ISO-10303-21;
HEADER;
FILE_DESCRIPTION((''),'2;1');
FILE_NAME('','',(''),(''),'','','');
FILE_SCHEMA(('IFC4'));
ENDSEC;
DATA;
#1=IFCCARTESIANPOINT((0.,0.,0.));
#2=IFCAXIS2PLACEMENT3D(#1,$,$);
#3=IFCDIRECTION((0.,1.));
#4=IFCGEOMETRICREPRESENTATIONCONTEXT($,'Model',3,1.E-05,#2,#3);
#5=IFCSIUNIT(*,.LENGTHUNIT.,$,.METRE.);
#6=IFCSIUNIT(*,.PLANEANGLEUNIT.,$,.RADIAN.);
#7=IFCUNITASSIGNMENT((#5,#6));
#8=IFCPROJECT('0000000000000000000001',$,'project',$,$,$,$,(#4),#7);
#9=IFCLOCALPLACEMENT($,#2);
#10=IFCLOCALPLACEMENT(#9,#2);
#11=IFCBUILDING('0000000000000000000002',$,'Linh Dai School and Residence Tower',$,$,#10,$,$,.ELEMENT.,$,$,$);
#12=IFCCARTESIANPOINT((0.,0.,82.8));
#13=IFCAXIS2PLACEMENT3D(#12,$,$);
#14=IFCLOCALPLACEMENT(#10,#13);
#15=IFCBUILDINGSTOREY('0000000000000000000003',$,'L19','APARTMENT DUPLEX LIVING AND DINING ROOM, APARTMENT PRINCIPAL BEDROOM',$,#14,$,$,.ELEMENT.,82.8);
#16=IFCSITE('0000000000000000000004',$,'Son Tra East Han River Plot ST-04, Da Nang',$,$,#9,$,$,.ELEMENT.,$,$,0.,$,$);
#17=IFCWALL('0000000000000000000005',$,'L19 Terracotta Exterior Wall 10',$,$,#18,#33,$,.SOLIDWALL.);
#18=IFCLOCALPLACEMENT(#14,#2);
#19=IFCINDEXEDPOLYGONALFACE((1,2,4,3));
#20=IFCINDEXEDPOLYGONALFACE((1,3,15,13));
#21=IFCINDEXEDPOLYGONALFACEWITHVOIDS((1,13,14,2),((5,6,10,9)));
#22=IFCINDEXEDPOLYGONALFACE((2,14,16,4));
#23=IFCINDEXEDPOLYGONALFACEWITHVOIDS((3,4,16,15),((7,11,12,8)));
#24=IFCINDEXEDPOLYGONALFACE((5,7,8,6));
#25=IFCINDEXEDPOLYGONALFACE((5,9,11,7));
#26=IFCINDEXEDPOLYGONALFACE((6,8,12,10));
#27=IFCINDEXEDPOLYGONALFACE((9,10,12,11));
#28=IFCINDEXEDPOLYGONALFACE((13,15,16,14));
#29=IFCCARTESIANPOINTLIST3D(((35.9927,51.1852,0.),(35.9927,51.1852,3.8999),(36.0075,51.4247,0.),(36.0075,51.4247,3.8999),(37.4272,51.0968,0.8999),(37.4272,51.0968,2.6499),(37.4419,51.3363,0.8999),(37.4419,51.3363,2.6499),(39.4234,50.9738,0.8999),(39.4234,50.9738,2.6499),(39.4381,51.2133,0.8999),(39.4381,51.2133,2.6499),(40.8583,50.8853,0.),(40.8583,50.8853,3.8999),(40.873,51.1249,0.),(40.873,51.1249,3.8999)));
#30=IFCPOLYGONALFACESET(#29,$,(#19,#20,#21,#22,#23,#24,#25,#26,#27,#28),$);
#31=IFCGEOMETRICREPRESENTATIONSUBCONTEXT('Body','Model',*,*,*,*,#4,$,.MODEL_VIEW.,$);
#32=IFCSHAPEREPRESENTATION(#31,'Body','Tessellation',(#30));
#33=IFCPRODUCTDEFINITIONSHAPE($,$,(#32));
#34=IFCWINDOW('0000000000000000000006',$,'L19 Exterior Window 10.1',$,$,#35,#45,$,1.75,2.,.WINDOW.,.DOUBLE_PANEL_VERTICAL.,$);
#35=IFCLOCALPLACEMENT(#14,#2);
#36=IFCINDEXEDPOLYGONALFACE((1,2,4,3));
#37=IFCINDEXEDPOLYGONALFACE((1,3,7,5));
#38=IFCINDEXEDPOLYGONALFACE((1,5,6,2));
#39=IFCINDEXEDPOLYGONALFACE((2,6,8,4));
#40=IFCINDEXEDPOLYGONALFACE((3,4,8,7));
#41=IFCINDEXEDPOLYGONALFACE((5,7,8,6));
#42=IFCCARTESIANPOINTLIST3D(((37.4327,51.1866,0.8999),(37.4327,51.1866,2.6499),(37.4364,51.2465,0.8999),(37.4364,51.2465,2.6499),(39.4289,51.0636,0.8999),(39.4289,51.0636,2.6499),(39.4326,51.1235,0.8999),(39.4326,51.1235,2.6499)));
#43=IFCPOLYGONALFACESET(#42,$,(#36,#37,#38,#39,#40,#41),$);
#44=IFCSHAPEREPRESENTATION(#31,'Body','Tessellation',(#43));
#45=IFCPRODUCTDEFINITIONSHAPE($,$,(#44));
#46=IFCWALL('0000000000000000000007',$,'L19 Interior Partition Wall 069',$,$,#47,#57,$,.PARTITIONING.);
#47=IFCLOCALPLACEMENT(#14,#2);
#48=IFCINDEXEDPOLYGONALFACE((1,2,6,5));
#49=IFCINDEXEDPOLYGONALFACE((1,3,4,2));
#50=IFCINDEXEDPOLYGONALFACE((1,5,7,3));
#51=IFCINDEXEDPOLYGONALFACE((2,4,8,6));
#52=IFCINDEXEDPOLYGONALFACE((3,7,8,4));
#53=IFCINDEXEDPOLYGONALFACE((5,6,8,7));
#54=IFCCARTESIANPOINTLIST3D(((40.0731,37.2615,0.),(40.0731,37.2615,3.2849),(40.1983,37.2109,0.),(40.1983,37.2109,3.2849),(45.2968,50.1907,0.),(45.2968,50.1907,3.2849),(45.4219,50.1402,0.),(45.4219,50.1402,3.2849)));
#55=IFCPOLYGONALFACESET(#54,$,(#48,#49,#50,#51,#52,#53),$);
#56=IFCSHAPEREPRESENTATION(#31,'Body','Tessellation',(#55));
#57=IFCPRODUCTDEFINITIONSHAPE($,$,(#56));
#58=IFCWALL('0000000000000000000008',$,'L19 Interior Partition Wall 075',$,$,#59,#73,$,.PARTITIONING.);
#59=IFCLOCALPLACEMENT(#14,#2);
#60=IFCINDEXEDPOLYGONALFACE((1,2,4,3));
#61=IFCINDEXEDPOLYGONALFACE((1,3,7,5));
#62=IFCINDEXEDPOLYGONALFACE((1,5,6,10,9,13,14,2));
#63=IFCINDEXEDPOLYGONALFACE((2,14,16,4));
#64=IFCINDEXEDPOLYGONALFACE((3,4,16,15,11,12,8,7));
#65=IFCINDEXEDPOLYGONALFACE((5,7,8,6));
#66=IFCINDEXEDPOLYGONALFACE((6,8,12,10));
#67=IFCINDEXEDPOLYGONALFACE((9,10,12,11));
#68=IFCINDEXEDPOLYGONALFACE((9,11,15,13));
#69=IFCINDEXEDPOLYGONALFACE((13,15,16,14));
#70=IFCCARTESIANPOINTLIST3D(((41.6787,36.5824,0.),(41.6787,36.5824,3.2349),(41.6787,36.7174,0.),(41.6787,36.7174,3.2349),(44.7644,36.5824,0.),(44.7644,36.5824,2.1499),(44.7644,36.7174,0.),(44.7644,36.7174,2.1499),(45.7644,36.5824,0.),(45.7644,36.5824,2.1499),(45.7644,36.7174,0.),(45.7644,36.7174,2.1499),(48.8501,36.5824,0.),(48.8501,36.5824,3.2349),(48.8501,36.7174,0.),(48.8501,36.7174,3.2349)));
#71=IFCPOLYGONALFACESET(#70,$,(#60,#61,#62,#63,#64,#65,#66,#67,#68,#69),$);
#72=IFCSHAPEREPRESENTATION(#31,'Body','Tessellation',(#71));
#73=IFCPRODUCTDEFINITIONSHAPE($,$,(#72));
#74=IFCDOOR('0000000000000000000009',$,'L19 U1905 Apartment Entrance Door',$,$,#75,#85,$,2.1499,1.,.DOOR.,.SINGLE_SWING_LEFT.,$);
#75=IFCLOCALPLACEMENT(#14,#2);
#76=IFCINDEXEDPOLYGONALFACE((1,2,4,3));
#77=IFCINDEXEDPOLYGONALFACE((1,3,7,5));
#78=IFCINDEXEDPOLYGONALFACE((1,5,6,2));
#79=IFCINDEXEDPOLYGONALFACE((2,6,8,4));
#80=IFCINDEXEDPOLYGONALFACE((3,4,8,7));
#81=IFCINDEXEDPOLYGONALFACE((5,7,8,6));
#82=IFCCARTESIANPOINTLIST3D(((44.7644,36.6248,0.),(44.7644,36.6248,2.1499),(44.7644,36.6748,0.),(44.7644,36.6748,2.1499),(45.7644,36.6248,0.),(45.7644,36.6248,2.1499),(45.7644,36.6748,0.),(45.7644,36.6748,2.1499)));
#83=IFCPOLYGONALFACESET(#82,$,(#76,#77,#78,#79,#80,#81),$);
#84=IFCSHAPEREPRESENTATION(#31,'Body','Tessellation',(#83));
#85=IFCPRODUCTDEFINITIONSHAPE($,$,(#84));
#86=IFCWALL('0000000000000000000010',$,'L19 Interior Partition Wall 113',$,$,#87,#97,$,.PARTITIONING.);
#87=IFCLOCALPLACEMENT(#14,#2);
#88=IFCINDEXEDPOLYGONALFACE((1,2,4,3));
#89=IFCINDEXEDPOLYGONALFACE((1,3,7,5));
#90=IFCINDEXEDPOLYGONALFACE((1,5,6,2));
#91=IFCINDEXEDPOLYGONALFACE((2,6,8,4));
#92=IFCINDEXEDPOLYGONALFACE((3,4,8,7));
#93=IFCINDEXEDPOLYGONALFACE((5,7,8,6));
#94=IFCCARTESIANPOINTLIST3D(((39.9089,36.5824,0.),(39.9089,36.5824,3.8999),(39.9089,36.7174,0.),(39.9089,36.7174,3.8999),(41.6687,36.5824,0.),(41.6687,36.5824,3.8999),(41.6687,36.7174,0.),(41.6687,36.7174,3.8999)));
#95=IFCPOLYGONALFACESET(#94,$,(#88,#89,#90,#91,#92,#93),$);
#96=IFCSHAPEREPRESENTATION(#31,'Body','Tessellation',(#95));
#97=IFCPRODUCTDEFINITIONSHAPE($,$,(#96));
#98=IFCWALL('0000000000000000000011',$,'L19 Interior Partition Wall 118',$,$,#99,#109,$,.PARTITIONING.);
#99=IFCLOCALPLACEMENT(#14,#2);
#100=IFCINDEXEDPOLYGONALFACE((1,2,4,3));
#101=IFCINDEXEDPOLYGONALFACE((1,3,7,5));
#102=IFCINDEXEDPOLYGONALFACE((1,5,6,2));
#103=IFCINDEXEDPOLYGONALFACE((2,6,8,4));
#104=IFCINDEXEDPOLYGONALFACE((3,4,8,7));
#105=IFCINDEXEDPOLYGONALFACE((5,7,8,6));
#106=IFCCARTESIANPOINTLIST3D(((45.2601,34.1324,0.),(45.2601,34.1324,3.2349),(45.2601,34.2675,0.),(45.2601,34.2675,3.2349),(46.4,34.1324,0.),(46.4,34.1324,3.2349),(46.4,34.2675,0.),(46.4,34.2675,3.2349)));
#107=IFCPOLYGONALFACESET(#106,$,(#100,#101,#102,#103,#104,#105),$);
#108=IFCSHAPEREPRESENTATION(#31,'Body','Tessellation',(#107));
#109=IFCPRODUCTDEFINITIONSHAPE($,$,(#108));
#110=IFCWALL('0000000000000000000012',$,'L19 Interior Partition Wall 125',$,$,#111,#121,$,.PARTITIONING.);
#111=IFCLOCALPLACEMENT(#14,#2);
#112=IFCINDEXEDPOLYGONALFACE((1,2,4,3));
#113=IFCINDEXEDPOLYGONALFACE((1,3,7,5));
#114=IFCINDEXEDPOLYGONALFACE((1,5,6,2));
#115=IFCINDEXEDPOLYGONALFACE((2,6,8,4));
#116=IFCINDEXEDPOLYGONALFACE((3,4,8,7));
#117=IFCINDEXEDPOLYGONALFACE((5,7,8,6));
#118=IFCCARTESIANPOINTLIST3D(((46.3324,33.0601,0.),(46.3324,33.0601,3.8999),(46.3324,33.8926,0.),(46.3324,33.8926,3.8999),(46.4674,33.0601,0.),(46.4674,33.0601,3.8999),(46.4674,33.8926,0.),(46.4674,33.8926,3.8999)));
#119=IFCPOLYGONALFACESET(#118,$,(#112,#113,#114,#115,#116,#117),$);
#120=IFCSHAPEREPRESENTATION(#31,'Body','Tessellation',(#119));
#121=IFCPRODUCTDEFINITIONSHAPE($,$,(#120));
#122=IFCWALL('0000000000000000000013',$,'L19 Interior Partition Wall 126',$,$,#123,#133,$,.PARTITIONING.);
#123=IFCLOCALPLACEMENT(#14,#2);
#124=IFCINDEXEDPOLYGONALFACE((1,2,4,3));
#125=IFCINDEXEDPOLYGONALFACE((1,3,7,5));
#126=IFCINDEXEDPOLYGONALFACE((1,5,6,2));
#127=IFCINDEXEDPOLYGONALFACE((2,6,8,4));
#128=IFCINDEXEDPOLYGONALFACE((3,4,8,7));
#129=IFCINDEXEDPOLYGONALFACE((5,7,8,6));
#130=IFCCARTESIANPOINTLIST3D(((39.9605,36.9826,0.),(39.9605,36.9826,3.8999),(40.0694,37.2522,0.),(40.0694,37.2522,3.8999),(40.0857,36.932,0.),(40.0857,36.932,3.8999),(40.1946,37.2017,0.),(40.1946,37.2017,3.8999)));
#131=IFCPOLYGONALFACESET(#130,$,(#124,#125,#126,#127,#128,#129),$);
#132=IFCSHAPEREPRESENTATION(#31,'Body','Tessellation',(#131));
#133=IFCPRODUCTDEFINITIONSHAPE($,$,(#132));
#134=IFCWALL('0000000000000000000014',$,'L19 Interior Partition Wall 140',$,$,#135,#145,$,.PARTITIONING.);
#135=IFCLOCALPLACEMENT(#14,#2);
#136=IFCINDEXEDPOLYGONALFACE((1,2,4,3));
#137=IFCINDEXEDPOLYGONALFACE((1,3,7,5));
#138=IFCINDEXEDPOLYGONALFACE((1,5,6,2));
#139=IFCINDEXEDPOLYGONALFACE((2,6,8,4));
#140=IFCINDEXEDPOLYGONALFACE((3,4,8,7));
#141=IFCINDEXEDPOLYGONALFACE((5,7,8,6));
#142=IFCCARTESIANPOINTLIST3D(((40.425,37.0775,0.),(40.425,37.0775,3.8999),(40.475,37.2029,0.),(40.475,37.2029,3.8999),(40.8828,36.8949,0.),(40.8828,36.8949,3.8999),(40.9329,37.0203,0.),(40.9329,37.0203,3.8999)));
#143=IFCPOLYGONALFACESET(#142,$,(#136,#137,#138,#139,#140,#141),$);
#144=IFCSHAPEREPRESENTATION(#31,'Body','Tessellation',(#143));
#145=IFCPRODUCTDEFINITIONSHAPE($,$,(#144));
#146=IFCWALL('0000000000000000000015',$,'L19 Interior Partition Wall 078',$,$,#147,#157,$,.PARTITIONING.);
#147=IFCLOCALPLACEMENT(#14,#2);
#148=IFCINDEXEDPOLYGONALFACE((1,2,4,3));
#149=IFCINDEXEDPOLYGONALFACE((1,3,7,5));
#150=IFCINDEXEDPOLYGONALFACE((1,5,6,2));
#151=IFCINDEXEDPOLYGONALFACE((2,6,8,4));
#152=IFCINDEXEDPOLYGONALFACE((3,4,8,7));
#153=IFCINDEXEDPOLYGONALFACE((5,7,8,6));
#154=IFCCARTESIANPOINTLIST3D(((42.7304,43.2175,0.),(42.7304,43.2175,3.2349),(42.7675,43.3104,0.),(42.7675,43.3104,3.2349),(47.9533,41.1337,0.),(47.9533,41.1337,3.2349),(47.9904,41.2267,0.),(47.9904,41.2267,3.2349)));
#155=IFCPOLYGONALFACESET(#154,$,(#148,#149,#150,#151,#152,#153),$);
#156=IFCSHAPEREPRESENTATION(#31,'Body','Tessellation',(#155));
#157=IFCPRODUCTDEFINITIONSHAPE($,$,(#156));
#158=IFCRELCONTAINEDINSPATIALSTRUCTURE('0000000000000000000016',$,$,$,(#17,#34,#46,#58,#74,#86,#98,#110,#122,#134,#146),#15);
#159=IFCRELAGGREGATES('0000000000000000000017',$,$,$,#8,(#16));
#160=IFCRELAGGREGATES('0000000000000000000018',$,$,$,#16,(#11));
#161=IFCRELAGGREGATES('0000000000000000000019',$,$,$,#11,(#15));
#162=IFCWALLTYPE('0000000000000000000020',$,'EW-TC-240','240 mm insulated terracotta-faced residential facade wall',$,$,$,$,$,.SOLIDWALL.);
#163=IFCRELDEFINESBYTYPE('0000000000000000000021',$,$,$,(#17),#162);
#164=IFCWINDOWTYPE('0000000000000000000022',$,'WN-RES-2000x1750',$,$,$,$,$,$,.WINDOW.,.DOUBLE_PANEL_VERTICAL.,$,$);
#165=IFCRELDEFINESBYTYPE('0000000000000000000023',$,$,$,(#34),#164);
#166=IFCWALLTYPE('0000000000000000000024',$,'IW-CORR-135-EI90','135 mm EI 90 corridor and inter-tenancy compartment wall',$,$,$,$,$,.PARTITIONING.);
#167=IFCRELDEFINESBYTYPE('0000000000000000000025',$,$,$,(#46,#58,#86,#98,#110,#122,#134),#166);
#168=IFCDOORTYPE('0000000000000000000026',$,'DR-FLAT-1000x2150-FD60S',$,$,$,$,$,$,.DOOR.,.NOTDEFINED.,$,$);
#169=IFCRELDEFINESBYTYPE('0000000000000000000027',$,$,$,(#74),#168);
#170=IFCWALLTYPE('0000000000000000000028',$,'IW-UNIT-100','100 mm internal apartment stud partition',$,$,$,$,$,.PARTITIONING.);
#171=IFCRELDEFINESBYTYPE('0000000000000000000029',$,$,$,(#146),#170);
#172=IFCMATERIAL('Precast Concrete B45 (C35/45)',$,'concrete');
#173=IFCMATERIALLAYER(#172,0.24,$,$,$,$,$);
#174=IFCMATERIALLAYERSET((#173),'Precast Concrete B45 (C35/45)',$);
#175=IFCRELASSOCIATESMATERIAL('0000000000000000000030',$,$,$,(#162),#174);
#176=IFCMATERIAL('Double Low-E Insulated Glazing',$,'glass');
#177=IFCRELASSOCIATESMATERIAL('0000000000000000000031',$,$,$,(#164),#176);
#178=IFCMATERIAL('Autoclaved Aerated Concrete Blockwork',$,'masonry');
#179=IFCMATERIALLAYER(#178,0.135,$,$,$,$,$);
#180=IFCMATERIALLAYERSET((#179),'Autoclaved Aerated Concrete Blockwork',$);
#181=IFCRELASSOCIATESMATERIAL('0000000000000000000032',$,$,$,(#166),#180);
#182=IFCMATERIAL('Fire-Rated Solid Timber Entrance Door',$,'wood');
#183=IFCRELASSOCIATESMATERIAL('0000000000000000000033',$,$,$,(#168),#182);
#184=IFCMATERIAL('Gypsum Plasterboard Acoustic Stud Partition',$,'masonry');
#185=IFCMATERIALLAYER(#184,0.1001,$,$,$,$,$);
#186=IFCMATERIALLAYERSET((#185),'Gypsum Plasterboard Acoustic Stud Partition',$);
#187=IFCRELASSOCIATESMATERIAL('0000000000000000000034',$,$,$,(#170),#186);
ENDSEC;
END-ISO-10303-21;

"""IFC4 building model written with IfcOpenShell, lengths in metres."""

from ifc_helpers import new_model, si_unit, direction, frame, frame_2d, origin, origin_2d, place, context, subcontext, project, spatial, rectangle, extrude, source, transform, mapped, material, layer, layer_set, type_object, element, fill, save


model = new_model("IFC4")

# Units and contexts
model_context = context("Model", 3, precision=1e-05, world=origin(), true_north=direction((0.0, 1.0)))
body_context = subcontext(model_context, "Body", "Model", "MODEL_VIEW")
ifc_project = project(units=[si_unit("LENGTHUNIT", "METRE"), si_unit("PLANEANGLEUNIT", "RADIAN")], contexts=[model_context])

# Site, building, storey
site_placement = place(None, origin())
site = spatial("IfcSite", under=ifc_project, at=site_placement, Name="Son Tra East Han River Plot ST-04, Da Nang", CompositionType="ELEMENT", RefElevation=0.0)
building_placement = place(site_placement, origin())
building = spatial("IfcBuilding", under=site, at=building_placement, Name="Linh Dai School and Residence Tower", CompositionType="ELEMENT")
storey_placement = place(building_placement, frame((0.0, 0.0, 82.8)))
storey = spatial("IfcBuildingStorey", under=building, at=storey_placement, Name="L19", Description="APARTMENT DUPLEX LIVING AND DINING ROOM, APARTMENT PRINCIPAL BEDROOM", CompositionType="ELEMENT", Elevation=82.8)

# Shared definitions
ifc_material_1 = material(Name="Precast Concrete B45 (C35/45)", Category="concrete")

# Wall, opening, window
ifc_layer_1 = layer(ifc_material_1, 0.24)
ifc_layer_set_1 = layer_set([ifc_layer_1], Name="Precast Concrete B45 (C35/45)")
wall_type_1 = type_object("IfcWallType", Name="EW-TC-240", Description="240 mm insulated terracotta-faced residential facade wall", PredefinedType="SOLIDWALL", material=ifc_layer_set_1)
ifc_material_2 = material(Name="Double Low-E Insulated Glazing", Category="glass")
window_type = type_object("IfcWindowType", Name="WN-RES-2000x1750", PartitioningType="DOUBLE_PANEL_VERTICAL", PredefinedType="WINDOW", material=ifc_material_2)
shared_shape_1 = source(origin(), body_context, "Body", "SweptSolid", [
    extrude(rectangle(XDim=2.0, YDim=1.75, at=origin_2d()), frame((1.0, 0.03, 0.875), z_axis=(0.0, -1.0, 0.0), x_axis=(1.0, 0.0, 0.0)), (0.0, 0.0, 1.0), 0.0601),
])
wall_1_placement = place(storey_placement, frame((36.0, 51.3049, 0.0), z_axis=(0.0, 0.0, 1.0), x_axis=(0.998107, -0.061502, 0.0)))
wall_1 = element("IfcWall", 1, at=wall_1_placement, inside=storey, type_object=wall_type_1, Name="L19 Terracotta Exterior Wall 10", PredefinedType="SOLIDWALL", context=body_context, shape_type="SweptSolid", body=[
    extrude(rectangle(XDim=4.8748, YDim=0.24, at=frame_2d((2.4375, 0.0))), origin(), (0.0, 0.0, 1.0), 3.8999),
])
opening_1_placement = place(wall_1_placement, frame((1.4373, 0.0, 0.8999)))
opening_1 = element("IfcOpeningElement", 2, at=opening_1_placement, cuts=wall_1, PredefinedType="OPENING", context=body_context, shape_type="SweptSolid", body=[
    extrude(rectangle(XDim=2.0, YDim=1.75, at=origin_2d()), frame((1.0, 0.1299, 0.875), z_axis=(0.0, -1.0, 0.0), x_axis=(1.0, 0.0, 0.0)), (0.0, 0.0, 1.0), 0.26),
])
window_1_placement = place(opening_1_placement, origin())
window_1 = element("IfcWindow", 3, at=window_1_placement, inside=storey, type_object=window_type, Name="L19 Exterior Window 10.1", OverallHeight=1.75, OverallWidth=2.0, PartitioningType="DOUBLE_PANEL_VERTICAL", PredefinedType="WINDOW", context=body_context, shape_type="MappedRepresentation", body=[
    mapped(shared_shape_1, transform((0.0, 0.0, 0.0), x_axis=(1.0, 0.0, 0.0), y_axis=(0.0, 1.0, 0.0), z_axis=(0.0, 0.0, 1.0), scale=1.0)),
])
fill(opening_1, window_1)

# Wall
ifc_material_3 = material(Name="Autoclaved Aerated Concrete Blockwork", Category="masonry")
ifc_layer_2 = layer(ifc_material_3, 0.135)
ifc_layer_set_2 = layer_set([ifc_layer_2], Name="Autoclaved Aerated Concrete Blockwork")
wall_type_2 = type_object("IfcWallType", Name="IW-CORR-135-EI90", Description="135 mm EI 90 corridor and inter-tenancy compartment wall", PredefinedType="PARTITIONING", material=ifc_layer_set_2)
wall_2_placement = place(storey_placement, frame((40.1357, 37.2363, 0.0), z_axis=(0.0, 0.0, 1.0), x_axis=(0.3746, 0.927186, 0.0)))
element("IfcWall", 4, at=wall_2_placement, inside=storey, type_object=wall_type_2, Name="L19 Interior Partition Wall 069", PredefinedType="PARTITIONING", context=body_context, shape_type="SweptSolid", body=[
    extrude(rectangle(XDim=13.9446, YDim=0.135, at=frame_2d((6.9722, 0.0))), origin(), (0.0, 0.0, 1.0), 3.2849),
])

# Wall, opening, door
wall_3_placement = place(storey_placement, frame((41.6787, 36.6499, 0.0), z_axis=(0.0, 0.0, 1.0), x_axis=(1.0, 0.0, 0.0)))
wall_3 = element("IfcWall", 5, at=wall_3_placement, inside=storey, type_object=wall_type_2, Name="L19 Interior Partition Wall 075", PredefinedType="PARTITIONING", context=body_context, shape_type="SweptSolid", body=[
    extrude(rectangle(XDim=7.1714, YDim=0.135, at=frame_2d((3.5857, 0.0))), origin(), (0.0, 0.0, 1.0), 3.2349),
])
opening_2_placement = place(wall_3_placement, frame((3.0857, 0.0, 0.0)))
opening_2 = element("IfcOpeningElement", 6, at=opening_2_placement, cuts=wall_3, PredefinedType="OPENING", context=body_context, shape_type="SweptSolid", body=[
    extrude(rectangle(XDim=1.0, YDim=2.1499, at=origin_2d()), frame((0.5, 0.0776, 1.075), z_axis=(0.0, -1.0, 0.0), x_axis=(1.0, 0.0, 0.0)), (0.0, 0.0, 1.0), 0.155),
])
ifc_material_4 = material(Name="Fire-Rated Solid Timber Entrance Door", Category="wood")
door_type_1 = type_object("IfcDoorType", Name="DR-FLAT-1000x2150-FD60S", OperationType="NOTDEFINED", PredefinedType="DOOR", material=ifc_material_4)
shared_shape_2 = source(origin(), body_context, "Body", "SweptSolid", [
    extrude(rectangle(XDim=1.0, YDim=2.1499, at=origin_2d()), frame((0.5, 0.0249, 1.075), z_axis=(0.0, -1.0, 0.0), x_axis=(1.0, 0.0, 0.0)), (0.0, 0.0, 1.0), 0.05),
])
door_1_placement = place(opening_2_placement, origin())
door_1 = element("IfcDoor", 7, at=door_1_placement, inside=storey, type_object=door_type_1, Name="L19 U1905 Apartment Entrance Door", OperationType="SINGLE_SWING_LEFT", OverallHeight=2.1499, OverallWidth=1.0, PredefinedType="DOOR", context=body_context, shape_type="MappedRepresentation", body=[
    mapped(shared_shape_2, transform((0.0, 0.0, 0.0), x_axis=(1.0, 0.0, 0.0), y_axis=(0.0, 1.0, 0.0), z_axis=(0.0, 0.0, 1.0), scale=1.0)),
])
fill(opening_2, door_1)

# Walls
wall_4_placement = place(storey_placement, frame((39.9089, 36.6499, 0.0), z_axis=(0.0, 0.0, 1.0), x_axis=(1.0, 0.0, 0.0)))
element("IfcWall", 8, at=wall_4_placement, inside=storey, type_object=wall_type_2, Name="L19 Interior Partition Wall 113", PredefinedType="PARTITIONING", context=body_context, shape_type="SweptSolid", body=[
    extrude(rectangle(XDim=1.7598, YDim=0.135, at=frame_2d((0.8799, 0.0))), origin(), (0.0, 0.0, 1.0), 3.8999),
])
wall_5_placement = place(storey_placement, frame((46.3999, 34.2, 0.0), z_axis=(0.0, 0.0, 1.0), x_axis=(-1.0, 0.0, 0.0)))
element("IfcWall", 9, at=wall_5_placement, inside=storey, type_object=wall_type_2, Name="L19 Interior Partition Wall 118", PredefinedType="PARTITIONING", context=body_context, shape_type="SweptSolid", body=[
    extrude(rectangle(XDim=1.1399, YDim=0.135, at=frame_2d((0.5698, 0.0))), origin(), (0.0, 0.0, 1.0), 3.2349),
])
wall_6_placement = place(storey_placement, frame((46.3999, 33.0601, 0.0), z_axis=(0.0, 0.0, 1.0), x_axis=(0.0, 1.0, 0.0)))
element("IfcWall", 10, at=wall_6_placement, inside=storey, type_object=wall_type_2, Name="L19 Interior Partition Wall 125", PredefinedType="PARTITIONING", context=body_context, shape_type="SweptSolid", body=[
    extrude(rectangle(XDim=0.8325, YDim=0.135, at=frame_2d((0.4163, 0.0))), origin(), (0.0, 0.0, 1.0), 3.8999),
])
wall_7_placement = place(storey_placement, frame((40.1321, 37.2271, 0.0), z_axis=(0.0, 0.0, 1.0), x_axis=(-0.374574, -0.927197, 0.0)))
element("IfcWall", 11, at=wall_7_placement, inside=storey, type_object=wall_type_2, Name="L19 Interior Partition Wall 126", PredefinedType="PARTITIONING", context=body_context, shape_type="SweptSolid", body=[
    extrude(rectangle(XDim=0.2908, YDim=0.135, at=frame_2d((0.1455, 0.0))), origin(), (0.0, 0.0, 1.0), 3.8999),
])
wall_8_placement = place(storey_placement, frame((40.908, 36.9575, 0.0), z_axis=(0.0, 0.0, 1.0), x_axis=(-0.928818, 0.370536, 0.0)))
element("IfcWall", 12, at=wall_8_placement, inside=storey, type_object=wall_type_2, Name="L19 Interior Partition Wall 140", PredefinedType="PARTITIONING", context=body_context, shape_type="SweptSolid", body=[
    extrude(rectangle(XDim=0.4929, YDim=0.135, at=frame_2d((0.2466, 0.0))), origin(), (0.0, 0.0, 1.0), 3.8999),
])
ifc_material_5 = material(Name="Gypsum Plasterboard Acoustic Stud Partition", Category="masonry")
ifc_layer_3 = layer(ifc_material_5, 0.1001)
ifc_layer_set_3 = layer_set([ifc_layer_3], Name="Gypsum Plasterboard Acoustic Stud Partition")
wall_type_3 = type_object("IfcWallType", Name="IW-UNIT-100", Description="100 mm internal apartment stud partition", PredefinedType="PARTITIONING", material=ifc_layer_set_3)
wall_9_placement = place(storey_placement, frame((42.749, 43.2639, 0.0), z_axis=(0.0, 0.0, 1.0), x_axis=(0.928809, -0.37056, 0.0)))
element("IfcWall", 13, at=wall_9_placement, inside=storey, type_object=wall_type_3, Name="L19 Interior Partition Wall 078", PredefinedType="PARTITIONING", context=body_context, shape_type="SweptSolid", body=[
    extrude(rectangle(XDim=5.6233, YDim=0.1001, at=frame_2d((2.8115, 0.0))), origin(), (0.0, 0.0, 1.0), 3.2349),
])

save(model, "model.ifc")
